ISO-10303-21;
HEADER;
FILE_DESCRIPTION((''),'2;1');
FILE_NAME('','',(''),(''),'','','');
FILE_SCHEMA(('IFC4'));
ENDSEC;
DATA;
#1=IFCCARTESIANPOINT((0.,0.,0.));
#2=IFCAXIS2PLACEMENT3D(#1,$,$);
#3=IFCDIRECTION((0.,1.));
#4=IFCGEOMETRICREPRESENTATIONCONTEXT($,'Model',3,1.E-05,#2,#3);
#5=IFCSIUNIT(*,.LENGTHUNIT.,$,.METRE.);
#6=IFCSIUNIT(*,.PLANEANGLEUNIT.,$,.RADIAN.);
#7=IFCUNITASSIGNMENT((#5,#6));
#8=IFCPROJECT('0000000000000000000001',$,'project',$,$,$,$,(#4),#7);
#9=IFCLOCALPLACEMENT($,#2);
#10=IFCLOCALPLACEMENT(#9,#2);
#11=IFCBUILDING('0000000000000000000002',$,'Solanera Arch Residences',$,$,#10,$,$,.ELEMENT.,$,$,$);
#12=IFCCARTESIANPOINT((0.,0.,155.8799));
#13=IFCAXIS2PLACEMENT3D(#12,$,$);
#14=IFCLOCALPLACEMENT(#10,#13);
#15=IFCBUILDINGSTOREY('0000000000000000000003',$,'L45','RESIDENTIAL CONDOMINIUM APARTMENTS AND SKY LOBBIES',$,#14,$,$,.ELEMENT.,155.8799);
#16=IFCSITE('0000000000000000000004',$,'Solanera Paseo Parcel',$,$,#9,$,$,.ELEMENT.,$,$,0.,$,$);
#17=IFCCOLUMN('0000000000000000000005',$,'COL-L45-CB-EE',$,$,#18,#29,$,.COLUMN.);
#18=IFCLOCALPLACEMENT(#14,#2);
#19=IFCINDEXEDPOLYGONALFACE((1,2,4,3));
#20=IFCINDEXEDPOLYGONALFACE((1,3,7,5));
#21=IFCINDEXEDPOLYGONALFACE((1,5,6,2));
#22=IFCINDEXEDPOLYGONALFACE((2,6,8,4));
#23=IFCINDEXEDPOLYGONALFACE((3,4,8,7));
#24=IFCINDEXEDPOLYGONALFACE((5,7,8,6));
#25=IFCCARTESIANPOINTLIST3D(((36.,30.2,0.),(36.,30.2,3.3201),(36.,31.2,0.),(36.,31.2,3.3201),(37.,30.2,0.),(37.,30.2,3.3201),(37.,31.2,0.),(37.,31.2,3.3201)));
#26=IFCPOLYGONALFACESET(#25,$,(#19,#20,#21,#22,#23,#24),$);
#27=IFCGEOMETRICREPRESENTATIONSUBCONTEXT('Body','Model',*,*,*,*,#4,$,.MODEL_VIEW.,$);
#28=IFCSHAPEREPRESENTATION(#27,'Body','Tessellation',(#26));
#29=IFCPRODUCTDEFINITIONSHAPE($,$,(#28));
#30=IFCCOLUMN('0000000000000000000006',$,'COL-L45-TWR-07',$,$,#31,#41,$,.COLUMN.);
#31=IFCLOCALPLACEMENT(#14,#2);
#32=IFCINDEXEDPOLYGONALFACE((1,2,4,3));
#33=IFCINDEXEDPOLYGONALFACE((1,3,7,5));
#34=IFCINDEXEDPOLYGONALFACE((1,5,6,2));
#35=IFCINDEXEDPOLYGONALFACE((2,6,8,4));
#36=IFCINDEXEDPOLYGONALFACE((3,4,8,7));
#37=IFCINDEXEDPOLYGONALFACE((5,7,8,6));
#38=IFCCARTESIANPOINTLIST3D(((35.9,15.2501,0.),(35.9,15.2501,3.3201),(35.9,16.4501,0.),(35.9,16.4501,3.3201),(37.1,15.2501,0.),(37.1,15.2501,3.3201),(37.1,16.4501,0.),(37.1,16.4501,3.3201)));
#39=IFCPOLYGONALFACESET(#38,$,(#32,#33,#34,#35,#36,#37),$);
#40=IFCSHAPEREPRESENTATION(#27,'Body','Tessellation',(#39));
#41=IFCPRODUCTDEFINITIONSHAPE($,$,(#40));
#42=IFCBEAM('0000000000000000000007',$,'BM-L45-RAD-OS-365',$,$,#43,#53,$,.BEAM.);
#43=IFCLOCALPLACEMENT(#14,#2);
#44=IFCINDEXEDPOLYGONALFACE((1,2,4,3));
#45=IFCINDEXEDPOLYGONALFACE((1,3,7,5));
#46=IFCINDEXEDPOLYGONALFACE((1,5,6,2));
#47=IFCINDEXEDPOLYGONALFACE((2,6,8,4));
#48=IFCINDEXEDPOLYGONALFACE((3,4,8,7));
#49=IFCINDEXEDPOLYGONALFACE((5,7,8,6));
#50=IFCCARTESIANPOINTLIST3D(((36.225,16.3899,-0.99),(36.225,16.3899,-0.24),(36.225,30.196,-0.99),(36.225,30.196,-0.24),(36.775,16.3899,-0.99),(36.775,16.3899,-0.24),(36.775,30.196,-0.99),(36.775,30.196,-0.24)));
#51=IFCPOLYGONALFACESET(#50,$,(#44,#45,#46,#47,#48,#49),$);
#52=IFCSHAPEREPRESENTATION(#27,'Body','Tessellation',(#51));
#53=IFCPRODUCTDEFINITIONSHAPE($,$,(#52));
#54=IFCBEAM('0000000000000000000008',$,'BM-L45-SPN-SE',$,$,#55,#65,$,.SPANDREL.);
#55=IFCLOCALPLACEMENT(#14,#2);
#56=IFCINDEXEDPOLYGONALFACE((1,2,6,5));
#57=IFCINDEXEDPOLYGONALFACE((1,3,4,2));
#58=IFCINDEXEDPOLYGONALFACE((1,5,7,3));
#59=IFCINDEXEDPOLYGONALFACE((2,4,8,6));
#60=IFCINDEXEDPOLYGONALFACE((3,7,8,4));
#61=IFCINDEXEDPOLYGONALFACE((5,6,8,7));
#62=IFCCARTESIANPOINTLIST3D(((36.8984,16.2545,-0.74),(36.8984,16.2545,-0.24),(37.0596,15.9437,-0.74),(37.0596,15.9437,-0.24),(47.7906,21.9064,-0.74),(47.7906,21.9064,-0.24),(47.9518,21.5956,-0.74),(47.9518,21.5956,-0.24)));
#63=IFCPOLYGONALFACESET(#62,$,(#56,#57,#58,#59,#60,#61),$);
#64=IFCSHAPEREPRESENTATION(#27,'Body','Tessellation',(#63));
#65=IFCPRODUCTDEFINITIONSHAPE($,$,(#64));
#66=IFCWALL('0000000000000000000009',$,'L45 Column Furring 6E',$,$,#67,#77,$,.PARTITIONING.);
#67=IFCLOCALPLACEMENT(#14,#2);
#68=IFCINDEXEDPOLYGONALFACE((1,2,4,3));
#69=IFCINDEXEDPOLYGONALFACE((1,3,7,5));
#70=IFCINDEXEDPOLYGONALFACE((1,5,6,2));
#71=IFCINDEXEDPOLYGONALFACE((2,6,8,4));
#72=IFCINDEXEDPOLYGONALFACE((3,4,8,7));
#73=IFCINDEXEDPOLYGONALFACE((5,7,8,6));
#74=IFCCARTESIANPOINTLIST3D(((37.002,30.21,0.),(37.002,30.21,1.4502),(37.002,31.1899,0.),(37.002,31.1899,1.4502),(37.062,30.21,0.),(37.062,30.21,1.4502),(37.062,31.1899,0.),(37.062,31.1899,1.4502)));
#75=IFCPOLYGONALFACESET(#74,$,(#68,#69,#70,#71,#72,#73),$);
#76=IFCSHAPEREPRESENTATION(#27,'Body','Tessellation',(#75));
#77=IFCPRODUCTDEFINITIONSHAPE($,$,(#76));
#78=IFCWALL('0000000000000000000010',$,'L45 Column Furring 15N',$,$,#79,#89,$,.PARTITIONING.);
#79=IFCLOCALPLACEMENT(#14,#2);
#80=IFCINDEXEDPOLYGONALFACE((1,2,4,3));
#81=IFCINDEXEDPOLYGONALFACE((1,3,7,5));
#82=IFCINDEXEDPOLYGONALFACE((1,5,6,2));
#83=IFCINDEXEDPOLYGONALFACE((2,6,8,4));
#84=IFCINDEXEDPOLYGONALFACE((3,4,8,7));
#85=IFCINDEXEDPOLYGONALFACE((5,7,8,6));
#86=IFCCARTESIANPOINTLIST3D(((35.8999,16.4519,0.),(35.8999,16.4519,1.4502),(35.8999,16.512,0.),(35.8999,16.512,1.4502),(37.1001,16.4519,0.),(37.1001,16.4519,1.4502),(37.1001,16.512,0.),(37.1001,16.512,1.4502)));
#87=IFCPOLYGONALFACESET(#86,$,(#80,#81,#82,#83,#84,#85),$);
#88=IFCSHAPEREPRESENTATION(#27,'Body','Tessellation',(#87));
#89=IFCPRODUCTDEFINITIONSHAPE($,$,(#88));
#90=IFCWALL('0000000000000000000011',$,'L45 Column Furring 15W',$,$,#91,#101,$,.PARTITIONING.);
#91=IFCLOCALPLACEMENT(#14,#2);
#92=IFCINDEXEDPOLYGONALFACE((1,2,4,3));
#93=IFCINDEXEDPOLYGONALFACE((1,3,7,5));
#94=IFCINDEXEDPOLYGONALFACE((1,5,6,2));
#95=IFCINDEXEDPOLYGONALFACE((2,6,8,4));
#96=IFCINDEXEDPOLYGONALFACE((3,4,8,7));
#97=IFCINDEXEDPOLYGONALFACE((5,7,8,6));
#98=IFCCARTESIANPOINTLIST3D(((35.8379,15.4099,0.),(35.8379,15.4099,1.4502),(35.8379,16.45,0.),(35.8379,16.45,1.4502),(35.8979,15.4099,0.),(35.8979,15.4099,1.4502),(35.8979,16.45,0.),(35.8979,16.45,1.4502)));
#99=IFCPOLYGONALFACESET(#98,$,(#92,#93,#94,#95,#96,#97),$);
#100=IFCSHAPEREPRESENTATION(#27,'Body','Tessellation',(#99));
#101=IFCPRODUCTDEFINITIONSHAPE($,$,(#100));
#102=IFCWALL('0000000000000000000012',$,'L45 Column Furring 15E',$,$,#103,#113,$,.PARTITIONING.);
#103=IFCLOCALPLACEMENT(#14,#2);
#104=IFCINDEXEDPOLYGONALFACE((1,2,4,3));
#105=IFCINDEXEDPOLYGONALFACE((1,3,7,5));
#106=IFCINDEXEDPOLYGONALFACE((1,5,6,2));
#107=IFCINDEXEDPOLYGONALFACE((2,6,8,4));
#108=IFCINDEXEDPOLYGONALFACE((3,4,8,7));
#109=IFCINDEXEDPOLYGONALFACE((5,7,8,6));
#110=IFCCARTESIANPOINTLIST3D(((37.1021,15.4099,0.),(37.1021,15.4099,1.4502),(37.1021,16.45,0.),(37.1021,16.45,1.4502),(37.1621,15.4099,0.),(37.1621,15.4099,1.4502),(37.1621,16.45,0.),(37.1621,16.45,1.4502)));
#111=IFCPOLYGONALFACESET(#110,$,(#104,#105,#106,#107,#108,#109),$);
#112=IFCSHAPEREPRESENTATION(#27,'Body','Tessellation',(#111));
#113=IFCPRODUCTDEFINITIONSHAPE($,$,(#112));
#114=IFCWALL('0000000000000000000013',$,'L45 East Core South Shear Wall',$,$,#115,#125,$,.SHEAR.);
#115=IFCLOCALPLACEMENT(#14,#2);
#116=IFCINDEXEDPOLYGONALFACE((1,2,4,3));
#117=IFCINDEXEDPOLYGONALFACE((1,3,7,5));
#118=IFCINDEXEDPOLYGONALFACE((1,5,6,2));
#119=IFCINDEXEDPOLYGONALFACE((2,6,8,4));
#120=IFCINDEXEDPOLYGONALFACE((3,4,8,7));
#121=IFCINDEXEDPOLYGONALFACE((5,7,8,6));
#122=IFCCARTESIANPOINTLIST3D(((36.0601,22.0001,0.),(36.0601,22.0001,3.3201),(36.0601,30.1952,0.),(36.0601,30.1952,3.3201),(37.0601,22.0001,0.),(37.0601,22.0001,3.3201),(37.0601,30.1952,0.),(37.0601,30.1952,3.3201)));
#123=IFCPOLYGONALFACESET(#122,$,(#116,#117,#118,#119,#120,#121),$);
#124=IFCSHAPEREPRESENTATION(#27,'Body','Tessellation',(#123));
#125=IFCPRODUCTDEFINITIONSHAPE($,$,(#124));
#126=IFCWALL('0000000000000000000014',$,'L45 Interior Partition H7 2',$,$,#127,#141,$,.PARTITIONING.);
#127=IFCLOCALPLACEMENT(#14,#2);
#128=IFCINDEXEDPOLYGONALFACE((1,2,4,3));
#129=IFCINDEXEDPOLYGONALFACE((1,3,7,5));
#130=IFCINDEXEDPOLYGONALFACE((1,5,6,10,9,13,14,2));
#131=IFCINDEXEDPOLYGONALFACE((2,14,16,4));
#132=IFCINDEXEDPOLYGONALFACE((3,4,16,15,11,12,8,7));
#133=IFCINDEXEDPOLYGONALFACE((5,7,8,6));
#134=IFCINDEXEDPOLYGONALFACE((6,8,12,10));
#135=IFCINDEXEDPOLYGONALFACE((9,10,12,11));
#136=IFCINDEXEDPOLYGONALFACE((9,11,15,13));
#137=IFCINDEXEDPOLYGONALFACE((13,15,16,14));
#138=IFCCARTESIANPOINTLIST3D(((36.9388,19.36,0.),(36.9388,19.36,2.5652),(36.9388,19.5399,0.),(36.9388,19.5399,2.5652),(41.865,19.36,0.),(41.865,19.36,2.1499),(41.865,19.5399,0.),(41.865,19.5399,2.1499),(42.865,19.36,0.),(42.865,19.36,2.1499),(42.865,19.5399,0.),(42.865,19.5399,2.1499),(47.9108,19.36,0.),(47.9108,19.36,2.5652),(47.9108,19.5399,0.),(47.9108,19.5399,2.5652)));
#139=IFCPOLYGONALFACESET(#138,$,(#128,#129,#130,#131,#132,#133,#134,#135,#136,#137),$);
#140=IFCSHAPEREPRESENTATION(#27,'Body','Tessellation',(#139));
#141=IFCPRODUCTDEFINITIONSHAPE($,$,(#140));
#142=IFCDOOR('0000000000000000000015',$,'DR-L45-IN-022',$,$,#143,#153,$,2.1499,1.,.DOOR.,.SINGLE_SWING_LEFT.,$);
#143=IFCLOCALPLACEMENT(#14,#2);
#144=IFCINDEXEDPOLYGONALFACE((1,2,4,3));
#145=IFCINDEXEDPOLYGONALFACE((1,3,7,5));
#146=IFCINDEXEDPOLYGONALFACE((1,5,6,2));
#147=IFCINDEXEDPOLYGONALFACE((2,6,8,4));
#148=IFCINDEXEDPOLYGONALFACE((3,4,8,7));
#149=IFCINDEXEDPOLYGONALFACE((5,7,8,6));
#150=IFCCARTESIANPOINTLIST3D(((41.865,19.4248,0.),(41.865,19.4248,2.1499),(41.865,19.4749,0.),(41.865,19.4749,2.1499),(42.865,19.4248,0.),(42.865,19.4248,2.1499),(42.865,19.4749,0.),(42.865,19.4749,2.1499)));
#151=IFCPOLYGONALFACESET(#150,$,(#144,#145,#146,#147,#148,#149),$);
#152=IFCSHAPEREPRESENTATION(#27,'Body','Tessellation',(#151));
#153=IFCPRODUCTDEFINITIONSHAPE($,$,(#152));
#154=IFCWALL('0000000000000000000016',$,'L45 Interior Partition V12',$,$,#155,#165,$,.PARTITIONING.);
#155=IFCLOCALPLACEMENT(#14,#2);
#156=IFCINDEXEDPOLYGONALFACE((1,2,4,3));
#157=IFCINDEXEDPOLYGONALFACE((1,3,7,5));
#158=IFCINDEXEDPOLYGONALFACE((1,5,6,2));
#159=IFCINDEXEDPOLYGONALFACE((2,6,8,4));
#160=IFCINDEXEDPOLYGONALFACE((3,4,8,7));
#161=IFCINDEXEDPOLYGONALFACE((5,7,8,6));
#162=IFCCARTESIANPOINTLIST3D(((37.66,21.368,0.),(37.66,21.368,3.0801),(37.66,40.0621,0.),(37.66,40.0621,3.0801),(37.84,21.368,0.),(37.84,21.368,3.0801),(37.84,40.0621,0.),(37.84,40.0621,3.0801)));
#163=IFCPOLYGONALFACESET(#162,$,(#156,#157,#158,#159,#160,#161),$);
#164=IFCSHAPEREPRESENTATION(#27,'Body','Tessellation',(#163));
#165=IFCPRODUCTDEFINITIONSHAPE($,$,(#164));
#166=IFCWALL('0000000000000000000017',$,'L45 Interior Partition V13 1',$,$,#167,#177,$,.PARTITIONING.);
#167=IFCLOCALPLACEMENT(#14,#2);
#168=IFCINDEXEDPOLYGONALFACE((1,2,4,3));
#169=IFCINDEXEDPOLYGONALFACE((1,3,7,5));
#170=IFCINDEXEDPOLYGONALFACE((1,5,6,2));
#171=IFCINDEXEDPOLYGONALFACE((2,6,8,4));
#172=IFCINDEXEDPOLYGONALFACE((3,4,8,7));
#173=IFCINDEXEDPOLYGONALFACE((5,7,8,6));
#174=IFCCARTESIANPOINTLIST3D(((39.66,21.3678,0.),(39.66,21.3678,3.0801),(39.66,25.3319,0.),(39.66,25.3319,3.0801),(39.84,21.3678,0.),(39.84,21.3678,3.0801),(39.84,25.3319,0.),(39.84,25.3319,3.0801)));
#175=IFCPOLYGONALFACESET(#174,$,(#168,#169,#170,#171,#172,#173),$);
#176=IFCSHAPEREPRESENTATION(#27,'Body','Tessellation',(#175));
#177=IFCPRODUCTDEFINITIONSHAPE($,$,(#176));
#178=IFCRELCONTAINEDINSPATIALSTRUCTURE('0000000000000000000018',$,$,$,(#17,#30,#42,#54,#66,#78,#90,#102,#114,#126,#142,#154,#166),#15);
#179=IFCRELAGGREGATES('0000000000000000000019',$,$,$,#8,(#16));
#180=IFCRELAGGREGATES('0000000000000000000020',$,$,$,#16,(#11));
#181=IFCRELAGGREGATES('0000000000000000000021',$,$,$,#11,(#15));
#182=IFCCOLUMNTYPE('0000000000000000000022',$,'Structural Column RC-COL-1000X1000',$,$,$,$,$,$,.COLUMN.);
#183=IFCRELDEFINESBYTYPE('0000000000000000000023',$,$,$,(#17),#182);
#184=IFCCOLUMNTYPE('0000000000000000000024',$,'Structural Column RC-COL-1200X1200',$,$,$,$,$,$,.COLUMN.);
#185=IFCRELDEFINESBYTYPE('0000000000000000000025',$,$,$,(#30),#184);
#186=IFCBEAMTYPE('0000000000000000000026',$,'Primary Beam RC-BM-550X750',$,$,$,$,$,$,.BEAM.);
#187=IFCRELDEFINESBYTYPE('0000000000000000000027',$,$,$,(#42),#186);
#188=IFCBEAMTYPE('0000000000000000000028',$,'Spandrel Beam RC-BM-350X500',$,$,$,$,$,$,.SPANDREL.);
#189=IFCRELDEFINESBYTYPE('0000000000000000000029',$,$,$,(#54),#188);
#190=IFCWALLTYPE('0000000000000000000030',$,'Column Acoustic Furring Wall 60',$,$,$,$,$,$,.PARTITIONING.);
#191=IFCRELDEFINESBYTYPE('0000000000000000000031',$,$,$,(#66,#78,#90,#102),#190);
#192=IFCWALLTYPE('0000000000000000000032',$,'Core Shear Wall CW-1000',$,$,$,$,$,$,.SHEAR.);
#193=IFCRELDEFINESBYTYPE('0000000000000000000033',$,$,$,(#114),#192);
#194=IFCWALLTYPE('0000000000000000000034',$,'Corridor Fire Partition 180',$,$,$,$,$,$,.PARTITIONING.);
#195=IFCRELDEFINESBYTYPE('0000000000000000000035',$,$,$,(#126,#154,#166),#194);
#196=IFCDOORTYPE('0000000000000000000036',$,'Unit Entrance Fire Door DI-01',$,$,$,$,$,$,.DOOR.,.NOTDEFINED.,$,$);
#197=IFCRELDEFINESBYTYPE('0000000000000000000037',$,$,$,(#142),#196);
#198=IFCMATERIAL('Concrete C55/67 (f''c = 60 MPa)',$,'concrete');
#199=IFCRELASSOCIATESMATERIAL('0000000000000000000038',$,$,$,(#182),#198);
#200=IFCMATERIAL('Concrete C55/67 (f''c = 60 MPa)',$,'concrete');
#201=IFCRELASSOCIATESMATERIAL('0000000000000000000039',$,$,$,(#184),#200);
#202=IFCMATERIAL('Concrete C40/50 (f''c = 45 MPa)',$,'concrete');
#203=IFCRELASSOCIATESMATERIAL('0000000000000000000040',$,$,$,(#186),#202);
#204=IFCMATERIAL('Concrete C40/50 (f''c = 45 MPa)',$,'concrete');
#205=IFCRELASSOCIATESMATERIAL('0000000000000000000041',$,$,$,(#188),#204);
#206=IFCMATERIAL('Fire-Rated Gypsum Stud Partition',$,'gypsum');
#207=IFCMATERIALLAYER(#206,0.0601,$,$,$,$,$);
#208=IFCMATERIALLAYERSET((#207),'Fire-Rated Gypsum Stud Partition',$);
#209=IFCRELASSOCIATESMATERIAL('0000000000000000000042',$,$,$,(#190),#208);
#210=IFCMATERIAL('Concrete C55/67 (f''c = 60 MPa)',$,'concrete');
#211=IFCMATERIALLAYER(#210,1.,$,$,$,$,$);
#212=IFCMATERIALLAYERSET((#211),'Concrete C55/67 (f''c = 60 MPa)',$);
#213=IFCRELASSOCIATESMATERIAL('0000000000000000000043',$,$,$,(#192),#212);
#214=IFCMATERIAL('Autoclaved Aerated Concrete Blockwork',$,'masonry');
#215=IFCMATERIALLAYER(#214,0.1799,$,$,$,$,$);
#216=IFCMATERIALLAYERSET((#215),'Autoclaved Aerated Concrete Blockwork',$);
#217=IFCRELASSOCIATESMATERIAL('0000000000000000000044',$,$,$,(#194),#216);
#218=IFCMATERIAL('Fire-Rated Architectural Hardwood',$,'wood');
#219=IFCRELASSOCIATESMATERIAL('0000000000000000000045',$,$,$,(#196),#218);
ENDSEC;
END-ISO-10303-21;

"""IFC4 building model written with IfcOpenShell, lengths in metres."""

from ifc_helpers import new_model, si_unit, direction, frame, frame_2d, origin, origin_2d, place, context, subcontext, project, spatial, rectangle, extrude, material, layer, layer_set, material_profile, profile_set, type_object, element, fill, save


model = new_model("IFC4")

# Units and contexts
model_context = context("Model", 3, precision=1e-05, world=origin(), true_north=direction((0.0, 1.0)))
body_context = subcontext(model_context, "Body", "Model", "MODEL_VIEW")
ifc_project = project(units=[si_unit("LENGTHUNIT", "METRE"), si_unit("PLANEANGLEUNIT", "RADIAN")], contexts=[model_context])

# Site, building, storey
site_placement = place(None, origin())
site = spatial("IfcSite", under=ifc_project, at=site_placement, Name="Solanera Paseo Parcel", CompositionType="ELEMENT", RefElevation=0.0)
building_placement = place(site_placement, origin())
building = spatial("IfcBuilding", under=site, at=building_placement, Name="Solanera Arch Residences", CompositionType="ELEMENT")
storey_placement = place(building_placement, frame((0.0, 0.0, 155.8799)))
storey = spatial("IfcBuildingStorey", under=building, at=storey_placement, Name="L45", Description="RESIDENTIAL CONDOMINIUM APARTMENTS AND SKY LOBBIES", CompositionType="ELEMENT", Elevation=155.8799)

# Columns
ifc_material_1 = material(Name="Concrete C55/67 (f'c = 60 MPa)", Category="concrete")
ifc_material_profile_1 = material_profile(ifc_material_1, rectangle(XDim=1.0, YDim=1.0, at=origin_2d()))
ifc_profile_set_1 = profile_set([ifc_material_profile_1], Name="Concrete C55/67 (f'c = 60 MPa)")
column_type_1 = type_object("IfcColumnType", Name="Structural Column RC-COL-1000X1000", PredefinedType="COLUMN", material=ifc_profile_set_1)
column_1_placement = place(storey_placement, frame((36.5, 30.7, 0.0), z_axis=(0.0, 0.0, 1.0), x_axis=(1.0, 0.0, 0.0)))
element("IfcColumn", 1, at=column_1_placement, inside=storey, type_object=column_type_1, Name="COL-L45-CB-EE", PredefinedType="COLUMN", context=body_context, shape_type="SweptSolid", body=[
    extrude(rectangle(XDim=1.0, YDim=1.0, at=origin_2d()), origin(), (0.0, 0.0, 1.0), 3.3201),
])
ifc_material_2 = material(Name="Concrete C55/67 (f'c = 60 MPa)", Category="concrete")
ifc_material_profile_2 = material_profile(ifc_material_2, rectangle(XDim=1.2, YDim=1.2, at=origin_2d()))
ifc_profile_set_2 = profile_set([ifc_material_profile_2], Name="Concrete C55/67 (f'c = 60 MPa)")
column_type_2 = type_object("IfcColumnType", Name="Structural Column RC-COL-1200X1200", PredefinedType="COLUMN", material=ifc_profile_set_2)
column_2_placement = place(storey_placement, frame((36.5, 15.8501, 0.0), z_axis=(0.0, 0.0, 1.0), x_axis=(1.0, 0.0, 0.0)))
element("IfcColumn", 2, at=column_2_placement, inside=storey, type_object=column_type_2, Name="COL-L45-TWR-07", PredefinedType="COLUMN", context=body_context, shape_type="SweptSolid", body=[
    extrude(rectangle(XDim=1.2, YDim=1.2, at=origin_2d()), origin(), (0.0, 0.0, 1.0), 3.3201),
])

# Beams
ifc_material_3 = material(Name="Concrete C40/50 (f'c = 45 MPa)", Category="concrete")
ifc_material_profile_3 = material_profile(ifc_material_3, rectangle(XDim=0.55, YDim=0.75, at=origin_2d()))
ifc_profile_set_3 = profile_set([ifc_material_profile_3], Name="Concrete C40/50 (f'c = 45 MPa)")
beam_type_1 = type_object("IfcBeamType", Name="Primary Beam RC-BM-550X750", PredefinedType="BEAM", material=ifc_profile_set_3)
beam_1_placement = place(storey_placement, frame((36.5, 16.3899, -0.615), z_axis=(0.0, 1.0, 0.0), x_axis=(-1.0, 0.0, 0.0)))
element("IfcBeam", 3, at=beam_1_placement, inside=storey, type_object=beam_type_1, Name="BM-L45-RAD-OS-365", PredefinedType="BEAM", context=body_context, shape_type="SweptSolid", body=[
    extrude(rectangle(XDim=0.55, YDim=0.75, at=origin_2d()), origin(), (0.0, 0.0, 1.0), 13.8062),
])
ifc_material_4 = material(Name="Concrete C40/50 (f'c = 45 MPa)", Category="concrete")
ifc_material_profile_4 = material_profile(ifc_material_4, rectangle(XDim=0.3501, YDim=0.5, at=origin_2d()))
ifc_profile_set_4 = profile_set([ifc_material_profile_4], Name="Concrete C40/50 (f'c = 45 MPa)")
beam_type_2 = type_object("IfcBeamType", Name="Spandrel Beam RC-BM-350X500", PredefinedType="SPANDREL", material=ifc_profile_set_4)
beam_2_placement = place(storey_placement, frame((36.979, 16.0991, -0.49), z_axis=(0.887618, 0.460581, 0.0), x_axis=(-0.460581, 0.887618, 0.0)))
element("IfcBeam", 4, at=beam_2_placement, inside=storey, type_object=beam_type_2, Name="BM-L45-SPN-SE", PredefinedType="SPANDREL", context=body_context, shape_type="SweptSolid", body=[
    extrude(rectangle(XDim=0.3501, YDim=0.5, at=origin_2d()), origin(), (0.0, 0.0, 1.0), 12.2712),
])

# Walls
ifc_material_5 = material(Name="Fire-Rated Gypsum Stud Partition", Category="gypsum")
ifc_layer_1 = layer(ifc_material_5, 0.0601)
ifc_layer_set_1 = layer_set([ifc_layer_1], Name="Fire-Rated Gypsum Stud Partition")
wall_type_1 = type_object("IfcWallType", Name="Column Acoustic Furring Wall 60", PredefinedType="PARTITIONING", material=ifc_layer_set_1)
wall_1_placement = place(storey_placement, frame((37.032, 30.21, 0.0), z_axis=(0.0, 0.0, 1.0), x_axis=(0.0, 1.0, 0.0)))
element("IfcWall", 5, at=wall_1_placement, inside=storey, type_object=wall_type_1, Name="L45 Column Furring 6E", PredefinedType="PARTITIONING", context=body_context, shape_type="SweptSolid", body=[
    extrude(rectangle(XDim=0.98, YDim=0.0601, at=frame_2d((0.49, 0.0))), origin(), (0.0, 0.0, 1.0), 1.4502),
])
wall_2_placement = place(storey_placement, frame((35.8999, 16.4819, 0.0), z_axis=(0.0, 0.0, 1.0), x_axis=(1.0, 0.0, 0.0)))
element("IfcWall", 6, at=wall_2_placement, inside=storey, type_object=wall_type_1, Name="L45 Column Furring 15N", PredefinedType="PARTITIONING", context=body_context, shape_type="SweptSolid", body=[
    extrude(rectangle(XDim=1.2002, YDim=0.0601, at=frame_2d((0.6001, 0.0))), origin(), (0.0, 0.0, 1.0), 1.4502),
])
for number, where, z_axis, x_axis, name in (
    (7, (35.8679, 15.4099, 0.0), (0.0, 0.0, 1.0), (0.0, 1.0, 0.0), "L45 Column Furring 15W"),
    (8, (37.1321, 15.4099, 0.0), (0.0, 0.0, 1.0), (0.0, 1.0, 0.0), "L45 Column Furring 15E"),
):
    element("IfcWall", number, at=place(storey_placement, frame(where, z_axis=z_axis, x_axis=x_axis)), inside=storey, type_object=wall_type_1, Name=name, PredefinedType="PARTITIONING", context=body_context, shape_type="SweptSolid", body=[
        extrude(rectangle(XDim=1.04, YDim=0.0601, at=frame_2d((0.52, 0.0))), origin(), (0.0, 0.0, 1.0), 1.4502),
    ])
ifc_material_6 = material(Name="Concrete C55/67 (f'c = 60 MPa)", Category="concrete")
ifc_layer_2 = layer(ifc_material_6, 1.0)
ifc_layer_set_2 = layer_set([ifc_layer_2], Name="Concrete C55/67 (f'c = 60 MPa)")
wall_type_2 = type_object("IfcWallType", Name="Core Shear Wall CW-1000", PredefinedType="SHEAR", material=ifc_layer_set_2)
wall_3_placement = place(storey_placement, frame((36.5601, 22.0, 0.0), z_axis=(0.0, 0.0, 1.0), x_axis=(0.0, 1.0, 0.0)))
element("IfcWall", 9, at=wall_3_placement, inside=storey, type_object=wall_type_2, Name="L45 East Core South Shear Wall", PredefinedType="SHEAR", context=body_context, shape_type="SweptSolid", body=[
    extrude(rectangle(XDim=8.1951, YDim=1.0, at=frame_2d((4.0977, 0.0))), origin(), (0.0, 0.0, 1.0), 3.3201),
])

# Wall, opening, door
ifc_material_7 = material(Name="Autoclaved Aerated Concrete Blockwork", Category="masonry")
ifc_layer_3 = layer(ifc_material_7, 0.1799)
ifc_layer_set_3 = layer_set([ifc_layer_3], Name="Autoclaved Aerated Concrete Blockwork")
wall_type_3 = type_object("IfcWallType", Name="Corridor Fire Partition 180", PredefinedType="PARTITIONING", material=ifc_layer_set_3)
wall_4_placement = place(storey_placement, frame((36.939, 19.45, 0.0), z_axis=(0.0, 0.0, 1.0), x_axis=(1.0, 0.0, 0.0)))
wall_4 = element("IfcWall", 10, at=wall_4_placement, inside=storey, type_object=wall_type_3, Name="L45 Interior Partition H7 2", PredefinedType="PARTITIONING", context=body_context, shape_type="SweptSolid", body=[
    extrude(rectangle(XDim=10.9719, YDim=0.1799, at=frame_2d((5.4858, 0.0))), origin(), (0.0, 0.0, 1.0), 2.5652),
])
opening_1_placement = place(wall_4_placement, frame((4.926, 0.0, 0.0)))
opening_1 = element("IfcOpeningElement", 11, at=opening_1_placement, cuts=wall_4, PredefinedType="OPENING", context=body_context, shape_type="SweptSolid", body=[
    extrude(rectangle(XDim=1.0, YDim=2.1499, at=frame_2d((0.5, 1.075))), frame((0.0, 0.1001, 0.0), z_axis=(0.0, -1.0, 0.0), x_axis=(1.0, 0.0, 0.0)), (0.0, 0.0, 1.0), 0.1999),
])
ifc_material_8 = material(Name="Fire-Rated Architectural Hardwood", Category="wood")
door_type_1 = type_object("IfcDoorType", Name="Unit Entrance Fire Door DI-01", OperationType="NOTDEFINED", PredefinedType="DOOR", material=ifc_material_8)
door_1_placement = place(opening_1_placement, origin())
door_1 = element("IfcDoor", 12, at=door_1_placement, inside=storey, type_object=door_type_1, Name="DR-L45-IN-022", OperationType="SINGLE_SWING_LEFT", OverallHeight=2.1499, OverallWidth=1.0, PredefinedType="DOOR", context=body_context, shape_type="SweptSolid", body=[
    extrude(rectangle(XDim=1.0, YDim=2.1499, at=frame_2d((0.5, 1.075))), frame((0.0, 0.0249, 0.0), z_axis=(0.0, -1.0, 0.0), x_axis=(1.0, 0.0, 0.0)), (0.0, 0.0, 1.0), 0.05),
])
fill(opening_1, door_1)

# Walls
wall_5_placement = place(storey_placement, frame((37.75, 21.3679, 0.0), z_axis=(0.0, 0.0, 1.0), x_axis=(0.0, 1.0, 0.0)))
element("IfcWall", 13, at=wall_5_placement, inside=storey, type_object=wall_type_3, Name="L45 Interior Partition V12", PredefinedType="PARTITIONING", context=body_context, shape_type="SweptSolid", body=[
    extrude(rectangle(XDim=18.6941, YDim=0.1799, at=frame_2d((9.3472, 0.0))), origin(), (0.0, 0.0, 1.0), 3.0801),
])
wall_6_placement = place(storey_placement, frame((39.75, 21.3679, 0.0), z_axis=(0.0, 0.0, 1.0), x_axis=(0.0, 1.0, 0.0)))
element("IfcWall", 14, at=wall_6_placement, inside=storey, type_object=wall_type_3, Name="L45 Interior Partition V13 1", PredefinedType="PARTITIONING", context=body_context, shape_type="SweptSolid", body=[
    extrude(rectangle(XDim=3.9641, YDim=0.1799, at=frame_2d((1.9819, 0.0))), origin(), (0.0, 0.0, 1.0), 3.0801),
])

save(model, "model.ifc")
